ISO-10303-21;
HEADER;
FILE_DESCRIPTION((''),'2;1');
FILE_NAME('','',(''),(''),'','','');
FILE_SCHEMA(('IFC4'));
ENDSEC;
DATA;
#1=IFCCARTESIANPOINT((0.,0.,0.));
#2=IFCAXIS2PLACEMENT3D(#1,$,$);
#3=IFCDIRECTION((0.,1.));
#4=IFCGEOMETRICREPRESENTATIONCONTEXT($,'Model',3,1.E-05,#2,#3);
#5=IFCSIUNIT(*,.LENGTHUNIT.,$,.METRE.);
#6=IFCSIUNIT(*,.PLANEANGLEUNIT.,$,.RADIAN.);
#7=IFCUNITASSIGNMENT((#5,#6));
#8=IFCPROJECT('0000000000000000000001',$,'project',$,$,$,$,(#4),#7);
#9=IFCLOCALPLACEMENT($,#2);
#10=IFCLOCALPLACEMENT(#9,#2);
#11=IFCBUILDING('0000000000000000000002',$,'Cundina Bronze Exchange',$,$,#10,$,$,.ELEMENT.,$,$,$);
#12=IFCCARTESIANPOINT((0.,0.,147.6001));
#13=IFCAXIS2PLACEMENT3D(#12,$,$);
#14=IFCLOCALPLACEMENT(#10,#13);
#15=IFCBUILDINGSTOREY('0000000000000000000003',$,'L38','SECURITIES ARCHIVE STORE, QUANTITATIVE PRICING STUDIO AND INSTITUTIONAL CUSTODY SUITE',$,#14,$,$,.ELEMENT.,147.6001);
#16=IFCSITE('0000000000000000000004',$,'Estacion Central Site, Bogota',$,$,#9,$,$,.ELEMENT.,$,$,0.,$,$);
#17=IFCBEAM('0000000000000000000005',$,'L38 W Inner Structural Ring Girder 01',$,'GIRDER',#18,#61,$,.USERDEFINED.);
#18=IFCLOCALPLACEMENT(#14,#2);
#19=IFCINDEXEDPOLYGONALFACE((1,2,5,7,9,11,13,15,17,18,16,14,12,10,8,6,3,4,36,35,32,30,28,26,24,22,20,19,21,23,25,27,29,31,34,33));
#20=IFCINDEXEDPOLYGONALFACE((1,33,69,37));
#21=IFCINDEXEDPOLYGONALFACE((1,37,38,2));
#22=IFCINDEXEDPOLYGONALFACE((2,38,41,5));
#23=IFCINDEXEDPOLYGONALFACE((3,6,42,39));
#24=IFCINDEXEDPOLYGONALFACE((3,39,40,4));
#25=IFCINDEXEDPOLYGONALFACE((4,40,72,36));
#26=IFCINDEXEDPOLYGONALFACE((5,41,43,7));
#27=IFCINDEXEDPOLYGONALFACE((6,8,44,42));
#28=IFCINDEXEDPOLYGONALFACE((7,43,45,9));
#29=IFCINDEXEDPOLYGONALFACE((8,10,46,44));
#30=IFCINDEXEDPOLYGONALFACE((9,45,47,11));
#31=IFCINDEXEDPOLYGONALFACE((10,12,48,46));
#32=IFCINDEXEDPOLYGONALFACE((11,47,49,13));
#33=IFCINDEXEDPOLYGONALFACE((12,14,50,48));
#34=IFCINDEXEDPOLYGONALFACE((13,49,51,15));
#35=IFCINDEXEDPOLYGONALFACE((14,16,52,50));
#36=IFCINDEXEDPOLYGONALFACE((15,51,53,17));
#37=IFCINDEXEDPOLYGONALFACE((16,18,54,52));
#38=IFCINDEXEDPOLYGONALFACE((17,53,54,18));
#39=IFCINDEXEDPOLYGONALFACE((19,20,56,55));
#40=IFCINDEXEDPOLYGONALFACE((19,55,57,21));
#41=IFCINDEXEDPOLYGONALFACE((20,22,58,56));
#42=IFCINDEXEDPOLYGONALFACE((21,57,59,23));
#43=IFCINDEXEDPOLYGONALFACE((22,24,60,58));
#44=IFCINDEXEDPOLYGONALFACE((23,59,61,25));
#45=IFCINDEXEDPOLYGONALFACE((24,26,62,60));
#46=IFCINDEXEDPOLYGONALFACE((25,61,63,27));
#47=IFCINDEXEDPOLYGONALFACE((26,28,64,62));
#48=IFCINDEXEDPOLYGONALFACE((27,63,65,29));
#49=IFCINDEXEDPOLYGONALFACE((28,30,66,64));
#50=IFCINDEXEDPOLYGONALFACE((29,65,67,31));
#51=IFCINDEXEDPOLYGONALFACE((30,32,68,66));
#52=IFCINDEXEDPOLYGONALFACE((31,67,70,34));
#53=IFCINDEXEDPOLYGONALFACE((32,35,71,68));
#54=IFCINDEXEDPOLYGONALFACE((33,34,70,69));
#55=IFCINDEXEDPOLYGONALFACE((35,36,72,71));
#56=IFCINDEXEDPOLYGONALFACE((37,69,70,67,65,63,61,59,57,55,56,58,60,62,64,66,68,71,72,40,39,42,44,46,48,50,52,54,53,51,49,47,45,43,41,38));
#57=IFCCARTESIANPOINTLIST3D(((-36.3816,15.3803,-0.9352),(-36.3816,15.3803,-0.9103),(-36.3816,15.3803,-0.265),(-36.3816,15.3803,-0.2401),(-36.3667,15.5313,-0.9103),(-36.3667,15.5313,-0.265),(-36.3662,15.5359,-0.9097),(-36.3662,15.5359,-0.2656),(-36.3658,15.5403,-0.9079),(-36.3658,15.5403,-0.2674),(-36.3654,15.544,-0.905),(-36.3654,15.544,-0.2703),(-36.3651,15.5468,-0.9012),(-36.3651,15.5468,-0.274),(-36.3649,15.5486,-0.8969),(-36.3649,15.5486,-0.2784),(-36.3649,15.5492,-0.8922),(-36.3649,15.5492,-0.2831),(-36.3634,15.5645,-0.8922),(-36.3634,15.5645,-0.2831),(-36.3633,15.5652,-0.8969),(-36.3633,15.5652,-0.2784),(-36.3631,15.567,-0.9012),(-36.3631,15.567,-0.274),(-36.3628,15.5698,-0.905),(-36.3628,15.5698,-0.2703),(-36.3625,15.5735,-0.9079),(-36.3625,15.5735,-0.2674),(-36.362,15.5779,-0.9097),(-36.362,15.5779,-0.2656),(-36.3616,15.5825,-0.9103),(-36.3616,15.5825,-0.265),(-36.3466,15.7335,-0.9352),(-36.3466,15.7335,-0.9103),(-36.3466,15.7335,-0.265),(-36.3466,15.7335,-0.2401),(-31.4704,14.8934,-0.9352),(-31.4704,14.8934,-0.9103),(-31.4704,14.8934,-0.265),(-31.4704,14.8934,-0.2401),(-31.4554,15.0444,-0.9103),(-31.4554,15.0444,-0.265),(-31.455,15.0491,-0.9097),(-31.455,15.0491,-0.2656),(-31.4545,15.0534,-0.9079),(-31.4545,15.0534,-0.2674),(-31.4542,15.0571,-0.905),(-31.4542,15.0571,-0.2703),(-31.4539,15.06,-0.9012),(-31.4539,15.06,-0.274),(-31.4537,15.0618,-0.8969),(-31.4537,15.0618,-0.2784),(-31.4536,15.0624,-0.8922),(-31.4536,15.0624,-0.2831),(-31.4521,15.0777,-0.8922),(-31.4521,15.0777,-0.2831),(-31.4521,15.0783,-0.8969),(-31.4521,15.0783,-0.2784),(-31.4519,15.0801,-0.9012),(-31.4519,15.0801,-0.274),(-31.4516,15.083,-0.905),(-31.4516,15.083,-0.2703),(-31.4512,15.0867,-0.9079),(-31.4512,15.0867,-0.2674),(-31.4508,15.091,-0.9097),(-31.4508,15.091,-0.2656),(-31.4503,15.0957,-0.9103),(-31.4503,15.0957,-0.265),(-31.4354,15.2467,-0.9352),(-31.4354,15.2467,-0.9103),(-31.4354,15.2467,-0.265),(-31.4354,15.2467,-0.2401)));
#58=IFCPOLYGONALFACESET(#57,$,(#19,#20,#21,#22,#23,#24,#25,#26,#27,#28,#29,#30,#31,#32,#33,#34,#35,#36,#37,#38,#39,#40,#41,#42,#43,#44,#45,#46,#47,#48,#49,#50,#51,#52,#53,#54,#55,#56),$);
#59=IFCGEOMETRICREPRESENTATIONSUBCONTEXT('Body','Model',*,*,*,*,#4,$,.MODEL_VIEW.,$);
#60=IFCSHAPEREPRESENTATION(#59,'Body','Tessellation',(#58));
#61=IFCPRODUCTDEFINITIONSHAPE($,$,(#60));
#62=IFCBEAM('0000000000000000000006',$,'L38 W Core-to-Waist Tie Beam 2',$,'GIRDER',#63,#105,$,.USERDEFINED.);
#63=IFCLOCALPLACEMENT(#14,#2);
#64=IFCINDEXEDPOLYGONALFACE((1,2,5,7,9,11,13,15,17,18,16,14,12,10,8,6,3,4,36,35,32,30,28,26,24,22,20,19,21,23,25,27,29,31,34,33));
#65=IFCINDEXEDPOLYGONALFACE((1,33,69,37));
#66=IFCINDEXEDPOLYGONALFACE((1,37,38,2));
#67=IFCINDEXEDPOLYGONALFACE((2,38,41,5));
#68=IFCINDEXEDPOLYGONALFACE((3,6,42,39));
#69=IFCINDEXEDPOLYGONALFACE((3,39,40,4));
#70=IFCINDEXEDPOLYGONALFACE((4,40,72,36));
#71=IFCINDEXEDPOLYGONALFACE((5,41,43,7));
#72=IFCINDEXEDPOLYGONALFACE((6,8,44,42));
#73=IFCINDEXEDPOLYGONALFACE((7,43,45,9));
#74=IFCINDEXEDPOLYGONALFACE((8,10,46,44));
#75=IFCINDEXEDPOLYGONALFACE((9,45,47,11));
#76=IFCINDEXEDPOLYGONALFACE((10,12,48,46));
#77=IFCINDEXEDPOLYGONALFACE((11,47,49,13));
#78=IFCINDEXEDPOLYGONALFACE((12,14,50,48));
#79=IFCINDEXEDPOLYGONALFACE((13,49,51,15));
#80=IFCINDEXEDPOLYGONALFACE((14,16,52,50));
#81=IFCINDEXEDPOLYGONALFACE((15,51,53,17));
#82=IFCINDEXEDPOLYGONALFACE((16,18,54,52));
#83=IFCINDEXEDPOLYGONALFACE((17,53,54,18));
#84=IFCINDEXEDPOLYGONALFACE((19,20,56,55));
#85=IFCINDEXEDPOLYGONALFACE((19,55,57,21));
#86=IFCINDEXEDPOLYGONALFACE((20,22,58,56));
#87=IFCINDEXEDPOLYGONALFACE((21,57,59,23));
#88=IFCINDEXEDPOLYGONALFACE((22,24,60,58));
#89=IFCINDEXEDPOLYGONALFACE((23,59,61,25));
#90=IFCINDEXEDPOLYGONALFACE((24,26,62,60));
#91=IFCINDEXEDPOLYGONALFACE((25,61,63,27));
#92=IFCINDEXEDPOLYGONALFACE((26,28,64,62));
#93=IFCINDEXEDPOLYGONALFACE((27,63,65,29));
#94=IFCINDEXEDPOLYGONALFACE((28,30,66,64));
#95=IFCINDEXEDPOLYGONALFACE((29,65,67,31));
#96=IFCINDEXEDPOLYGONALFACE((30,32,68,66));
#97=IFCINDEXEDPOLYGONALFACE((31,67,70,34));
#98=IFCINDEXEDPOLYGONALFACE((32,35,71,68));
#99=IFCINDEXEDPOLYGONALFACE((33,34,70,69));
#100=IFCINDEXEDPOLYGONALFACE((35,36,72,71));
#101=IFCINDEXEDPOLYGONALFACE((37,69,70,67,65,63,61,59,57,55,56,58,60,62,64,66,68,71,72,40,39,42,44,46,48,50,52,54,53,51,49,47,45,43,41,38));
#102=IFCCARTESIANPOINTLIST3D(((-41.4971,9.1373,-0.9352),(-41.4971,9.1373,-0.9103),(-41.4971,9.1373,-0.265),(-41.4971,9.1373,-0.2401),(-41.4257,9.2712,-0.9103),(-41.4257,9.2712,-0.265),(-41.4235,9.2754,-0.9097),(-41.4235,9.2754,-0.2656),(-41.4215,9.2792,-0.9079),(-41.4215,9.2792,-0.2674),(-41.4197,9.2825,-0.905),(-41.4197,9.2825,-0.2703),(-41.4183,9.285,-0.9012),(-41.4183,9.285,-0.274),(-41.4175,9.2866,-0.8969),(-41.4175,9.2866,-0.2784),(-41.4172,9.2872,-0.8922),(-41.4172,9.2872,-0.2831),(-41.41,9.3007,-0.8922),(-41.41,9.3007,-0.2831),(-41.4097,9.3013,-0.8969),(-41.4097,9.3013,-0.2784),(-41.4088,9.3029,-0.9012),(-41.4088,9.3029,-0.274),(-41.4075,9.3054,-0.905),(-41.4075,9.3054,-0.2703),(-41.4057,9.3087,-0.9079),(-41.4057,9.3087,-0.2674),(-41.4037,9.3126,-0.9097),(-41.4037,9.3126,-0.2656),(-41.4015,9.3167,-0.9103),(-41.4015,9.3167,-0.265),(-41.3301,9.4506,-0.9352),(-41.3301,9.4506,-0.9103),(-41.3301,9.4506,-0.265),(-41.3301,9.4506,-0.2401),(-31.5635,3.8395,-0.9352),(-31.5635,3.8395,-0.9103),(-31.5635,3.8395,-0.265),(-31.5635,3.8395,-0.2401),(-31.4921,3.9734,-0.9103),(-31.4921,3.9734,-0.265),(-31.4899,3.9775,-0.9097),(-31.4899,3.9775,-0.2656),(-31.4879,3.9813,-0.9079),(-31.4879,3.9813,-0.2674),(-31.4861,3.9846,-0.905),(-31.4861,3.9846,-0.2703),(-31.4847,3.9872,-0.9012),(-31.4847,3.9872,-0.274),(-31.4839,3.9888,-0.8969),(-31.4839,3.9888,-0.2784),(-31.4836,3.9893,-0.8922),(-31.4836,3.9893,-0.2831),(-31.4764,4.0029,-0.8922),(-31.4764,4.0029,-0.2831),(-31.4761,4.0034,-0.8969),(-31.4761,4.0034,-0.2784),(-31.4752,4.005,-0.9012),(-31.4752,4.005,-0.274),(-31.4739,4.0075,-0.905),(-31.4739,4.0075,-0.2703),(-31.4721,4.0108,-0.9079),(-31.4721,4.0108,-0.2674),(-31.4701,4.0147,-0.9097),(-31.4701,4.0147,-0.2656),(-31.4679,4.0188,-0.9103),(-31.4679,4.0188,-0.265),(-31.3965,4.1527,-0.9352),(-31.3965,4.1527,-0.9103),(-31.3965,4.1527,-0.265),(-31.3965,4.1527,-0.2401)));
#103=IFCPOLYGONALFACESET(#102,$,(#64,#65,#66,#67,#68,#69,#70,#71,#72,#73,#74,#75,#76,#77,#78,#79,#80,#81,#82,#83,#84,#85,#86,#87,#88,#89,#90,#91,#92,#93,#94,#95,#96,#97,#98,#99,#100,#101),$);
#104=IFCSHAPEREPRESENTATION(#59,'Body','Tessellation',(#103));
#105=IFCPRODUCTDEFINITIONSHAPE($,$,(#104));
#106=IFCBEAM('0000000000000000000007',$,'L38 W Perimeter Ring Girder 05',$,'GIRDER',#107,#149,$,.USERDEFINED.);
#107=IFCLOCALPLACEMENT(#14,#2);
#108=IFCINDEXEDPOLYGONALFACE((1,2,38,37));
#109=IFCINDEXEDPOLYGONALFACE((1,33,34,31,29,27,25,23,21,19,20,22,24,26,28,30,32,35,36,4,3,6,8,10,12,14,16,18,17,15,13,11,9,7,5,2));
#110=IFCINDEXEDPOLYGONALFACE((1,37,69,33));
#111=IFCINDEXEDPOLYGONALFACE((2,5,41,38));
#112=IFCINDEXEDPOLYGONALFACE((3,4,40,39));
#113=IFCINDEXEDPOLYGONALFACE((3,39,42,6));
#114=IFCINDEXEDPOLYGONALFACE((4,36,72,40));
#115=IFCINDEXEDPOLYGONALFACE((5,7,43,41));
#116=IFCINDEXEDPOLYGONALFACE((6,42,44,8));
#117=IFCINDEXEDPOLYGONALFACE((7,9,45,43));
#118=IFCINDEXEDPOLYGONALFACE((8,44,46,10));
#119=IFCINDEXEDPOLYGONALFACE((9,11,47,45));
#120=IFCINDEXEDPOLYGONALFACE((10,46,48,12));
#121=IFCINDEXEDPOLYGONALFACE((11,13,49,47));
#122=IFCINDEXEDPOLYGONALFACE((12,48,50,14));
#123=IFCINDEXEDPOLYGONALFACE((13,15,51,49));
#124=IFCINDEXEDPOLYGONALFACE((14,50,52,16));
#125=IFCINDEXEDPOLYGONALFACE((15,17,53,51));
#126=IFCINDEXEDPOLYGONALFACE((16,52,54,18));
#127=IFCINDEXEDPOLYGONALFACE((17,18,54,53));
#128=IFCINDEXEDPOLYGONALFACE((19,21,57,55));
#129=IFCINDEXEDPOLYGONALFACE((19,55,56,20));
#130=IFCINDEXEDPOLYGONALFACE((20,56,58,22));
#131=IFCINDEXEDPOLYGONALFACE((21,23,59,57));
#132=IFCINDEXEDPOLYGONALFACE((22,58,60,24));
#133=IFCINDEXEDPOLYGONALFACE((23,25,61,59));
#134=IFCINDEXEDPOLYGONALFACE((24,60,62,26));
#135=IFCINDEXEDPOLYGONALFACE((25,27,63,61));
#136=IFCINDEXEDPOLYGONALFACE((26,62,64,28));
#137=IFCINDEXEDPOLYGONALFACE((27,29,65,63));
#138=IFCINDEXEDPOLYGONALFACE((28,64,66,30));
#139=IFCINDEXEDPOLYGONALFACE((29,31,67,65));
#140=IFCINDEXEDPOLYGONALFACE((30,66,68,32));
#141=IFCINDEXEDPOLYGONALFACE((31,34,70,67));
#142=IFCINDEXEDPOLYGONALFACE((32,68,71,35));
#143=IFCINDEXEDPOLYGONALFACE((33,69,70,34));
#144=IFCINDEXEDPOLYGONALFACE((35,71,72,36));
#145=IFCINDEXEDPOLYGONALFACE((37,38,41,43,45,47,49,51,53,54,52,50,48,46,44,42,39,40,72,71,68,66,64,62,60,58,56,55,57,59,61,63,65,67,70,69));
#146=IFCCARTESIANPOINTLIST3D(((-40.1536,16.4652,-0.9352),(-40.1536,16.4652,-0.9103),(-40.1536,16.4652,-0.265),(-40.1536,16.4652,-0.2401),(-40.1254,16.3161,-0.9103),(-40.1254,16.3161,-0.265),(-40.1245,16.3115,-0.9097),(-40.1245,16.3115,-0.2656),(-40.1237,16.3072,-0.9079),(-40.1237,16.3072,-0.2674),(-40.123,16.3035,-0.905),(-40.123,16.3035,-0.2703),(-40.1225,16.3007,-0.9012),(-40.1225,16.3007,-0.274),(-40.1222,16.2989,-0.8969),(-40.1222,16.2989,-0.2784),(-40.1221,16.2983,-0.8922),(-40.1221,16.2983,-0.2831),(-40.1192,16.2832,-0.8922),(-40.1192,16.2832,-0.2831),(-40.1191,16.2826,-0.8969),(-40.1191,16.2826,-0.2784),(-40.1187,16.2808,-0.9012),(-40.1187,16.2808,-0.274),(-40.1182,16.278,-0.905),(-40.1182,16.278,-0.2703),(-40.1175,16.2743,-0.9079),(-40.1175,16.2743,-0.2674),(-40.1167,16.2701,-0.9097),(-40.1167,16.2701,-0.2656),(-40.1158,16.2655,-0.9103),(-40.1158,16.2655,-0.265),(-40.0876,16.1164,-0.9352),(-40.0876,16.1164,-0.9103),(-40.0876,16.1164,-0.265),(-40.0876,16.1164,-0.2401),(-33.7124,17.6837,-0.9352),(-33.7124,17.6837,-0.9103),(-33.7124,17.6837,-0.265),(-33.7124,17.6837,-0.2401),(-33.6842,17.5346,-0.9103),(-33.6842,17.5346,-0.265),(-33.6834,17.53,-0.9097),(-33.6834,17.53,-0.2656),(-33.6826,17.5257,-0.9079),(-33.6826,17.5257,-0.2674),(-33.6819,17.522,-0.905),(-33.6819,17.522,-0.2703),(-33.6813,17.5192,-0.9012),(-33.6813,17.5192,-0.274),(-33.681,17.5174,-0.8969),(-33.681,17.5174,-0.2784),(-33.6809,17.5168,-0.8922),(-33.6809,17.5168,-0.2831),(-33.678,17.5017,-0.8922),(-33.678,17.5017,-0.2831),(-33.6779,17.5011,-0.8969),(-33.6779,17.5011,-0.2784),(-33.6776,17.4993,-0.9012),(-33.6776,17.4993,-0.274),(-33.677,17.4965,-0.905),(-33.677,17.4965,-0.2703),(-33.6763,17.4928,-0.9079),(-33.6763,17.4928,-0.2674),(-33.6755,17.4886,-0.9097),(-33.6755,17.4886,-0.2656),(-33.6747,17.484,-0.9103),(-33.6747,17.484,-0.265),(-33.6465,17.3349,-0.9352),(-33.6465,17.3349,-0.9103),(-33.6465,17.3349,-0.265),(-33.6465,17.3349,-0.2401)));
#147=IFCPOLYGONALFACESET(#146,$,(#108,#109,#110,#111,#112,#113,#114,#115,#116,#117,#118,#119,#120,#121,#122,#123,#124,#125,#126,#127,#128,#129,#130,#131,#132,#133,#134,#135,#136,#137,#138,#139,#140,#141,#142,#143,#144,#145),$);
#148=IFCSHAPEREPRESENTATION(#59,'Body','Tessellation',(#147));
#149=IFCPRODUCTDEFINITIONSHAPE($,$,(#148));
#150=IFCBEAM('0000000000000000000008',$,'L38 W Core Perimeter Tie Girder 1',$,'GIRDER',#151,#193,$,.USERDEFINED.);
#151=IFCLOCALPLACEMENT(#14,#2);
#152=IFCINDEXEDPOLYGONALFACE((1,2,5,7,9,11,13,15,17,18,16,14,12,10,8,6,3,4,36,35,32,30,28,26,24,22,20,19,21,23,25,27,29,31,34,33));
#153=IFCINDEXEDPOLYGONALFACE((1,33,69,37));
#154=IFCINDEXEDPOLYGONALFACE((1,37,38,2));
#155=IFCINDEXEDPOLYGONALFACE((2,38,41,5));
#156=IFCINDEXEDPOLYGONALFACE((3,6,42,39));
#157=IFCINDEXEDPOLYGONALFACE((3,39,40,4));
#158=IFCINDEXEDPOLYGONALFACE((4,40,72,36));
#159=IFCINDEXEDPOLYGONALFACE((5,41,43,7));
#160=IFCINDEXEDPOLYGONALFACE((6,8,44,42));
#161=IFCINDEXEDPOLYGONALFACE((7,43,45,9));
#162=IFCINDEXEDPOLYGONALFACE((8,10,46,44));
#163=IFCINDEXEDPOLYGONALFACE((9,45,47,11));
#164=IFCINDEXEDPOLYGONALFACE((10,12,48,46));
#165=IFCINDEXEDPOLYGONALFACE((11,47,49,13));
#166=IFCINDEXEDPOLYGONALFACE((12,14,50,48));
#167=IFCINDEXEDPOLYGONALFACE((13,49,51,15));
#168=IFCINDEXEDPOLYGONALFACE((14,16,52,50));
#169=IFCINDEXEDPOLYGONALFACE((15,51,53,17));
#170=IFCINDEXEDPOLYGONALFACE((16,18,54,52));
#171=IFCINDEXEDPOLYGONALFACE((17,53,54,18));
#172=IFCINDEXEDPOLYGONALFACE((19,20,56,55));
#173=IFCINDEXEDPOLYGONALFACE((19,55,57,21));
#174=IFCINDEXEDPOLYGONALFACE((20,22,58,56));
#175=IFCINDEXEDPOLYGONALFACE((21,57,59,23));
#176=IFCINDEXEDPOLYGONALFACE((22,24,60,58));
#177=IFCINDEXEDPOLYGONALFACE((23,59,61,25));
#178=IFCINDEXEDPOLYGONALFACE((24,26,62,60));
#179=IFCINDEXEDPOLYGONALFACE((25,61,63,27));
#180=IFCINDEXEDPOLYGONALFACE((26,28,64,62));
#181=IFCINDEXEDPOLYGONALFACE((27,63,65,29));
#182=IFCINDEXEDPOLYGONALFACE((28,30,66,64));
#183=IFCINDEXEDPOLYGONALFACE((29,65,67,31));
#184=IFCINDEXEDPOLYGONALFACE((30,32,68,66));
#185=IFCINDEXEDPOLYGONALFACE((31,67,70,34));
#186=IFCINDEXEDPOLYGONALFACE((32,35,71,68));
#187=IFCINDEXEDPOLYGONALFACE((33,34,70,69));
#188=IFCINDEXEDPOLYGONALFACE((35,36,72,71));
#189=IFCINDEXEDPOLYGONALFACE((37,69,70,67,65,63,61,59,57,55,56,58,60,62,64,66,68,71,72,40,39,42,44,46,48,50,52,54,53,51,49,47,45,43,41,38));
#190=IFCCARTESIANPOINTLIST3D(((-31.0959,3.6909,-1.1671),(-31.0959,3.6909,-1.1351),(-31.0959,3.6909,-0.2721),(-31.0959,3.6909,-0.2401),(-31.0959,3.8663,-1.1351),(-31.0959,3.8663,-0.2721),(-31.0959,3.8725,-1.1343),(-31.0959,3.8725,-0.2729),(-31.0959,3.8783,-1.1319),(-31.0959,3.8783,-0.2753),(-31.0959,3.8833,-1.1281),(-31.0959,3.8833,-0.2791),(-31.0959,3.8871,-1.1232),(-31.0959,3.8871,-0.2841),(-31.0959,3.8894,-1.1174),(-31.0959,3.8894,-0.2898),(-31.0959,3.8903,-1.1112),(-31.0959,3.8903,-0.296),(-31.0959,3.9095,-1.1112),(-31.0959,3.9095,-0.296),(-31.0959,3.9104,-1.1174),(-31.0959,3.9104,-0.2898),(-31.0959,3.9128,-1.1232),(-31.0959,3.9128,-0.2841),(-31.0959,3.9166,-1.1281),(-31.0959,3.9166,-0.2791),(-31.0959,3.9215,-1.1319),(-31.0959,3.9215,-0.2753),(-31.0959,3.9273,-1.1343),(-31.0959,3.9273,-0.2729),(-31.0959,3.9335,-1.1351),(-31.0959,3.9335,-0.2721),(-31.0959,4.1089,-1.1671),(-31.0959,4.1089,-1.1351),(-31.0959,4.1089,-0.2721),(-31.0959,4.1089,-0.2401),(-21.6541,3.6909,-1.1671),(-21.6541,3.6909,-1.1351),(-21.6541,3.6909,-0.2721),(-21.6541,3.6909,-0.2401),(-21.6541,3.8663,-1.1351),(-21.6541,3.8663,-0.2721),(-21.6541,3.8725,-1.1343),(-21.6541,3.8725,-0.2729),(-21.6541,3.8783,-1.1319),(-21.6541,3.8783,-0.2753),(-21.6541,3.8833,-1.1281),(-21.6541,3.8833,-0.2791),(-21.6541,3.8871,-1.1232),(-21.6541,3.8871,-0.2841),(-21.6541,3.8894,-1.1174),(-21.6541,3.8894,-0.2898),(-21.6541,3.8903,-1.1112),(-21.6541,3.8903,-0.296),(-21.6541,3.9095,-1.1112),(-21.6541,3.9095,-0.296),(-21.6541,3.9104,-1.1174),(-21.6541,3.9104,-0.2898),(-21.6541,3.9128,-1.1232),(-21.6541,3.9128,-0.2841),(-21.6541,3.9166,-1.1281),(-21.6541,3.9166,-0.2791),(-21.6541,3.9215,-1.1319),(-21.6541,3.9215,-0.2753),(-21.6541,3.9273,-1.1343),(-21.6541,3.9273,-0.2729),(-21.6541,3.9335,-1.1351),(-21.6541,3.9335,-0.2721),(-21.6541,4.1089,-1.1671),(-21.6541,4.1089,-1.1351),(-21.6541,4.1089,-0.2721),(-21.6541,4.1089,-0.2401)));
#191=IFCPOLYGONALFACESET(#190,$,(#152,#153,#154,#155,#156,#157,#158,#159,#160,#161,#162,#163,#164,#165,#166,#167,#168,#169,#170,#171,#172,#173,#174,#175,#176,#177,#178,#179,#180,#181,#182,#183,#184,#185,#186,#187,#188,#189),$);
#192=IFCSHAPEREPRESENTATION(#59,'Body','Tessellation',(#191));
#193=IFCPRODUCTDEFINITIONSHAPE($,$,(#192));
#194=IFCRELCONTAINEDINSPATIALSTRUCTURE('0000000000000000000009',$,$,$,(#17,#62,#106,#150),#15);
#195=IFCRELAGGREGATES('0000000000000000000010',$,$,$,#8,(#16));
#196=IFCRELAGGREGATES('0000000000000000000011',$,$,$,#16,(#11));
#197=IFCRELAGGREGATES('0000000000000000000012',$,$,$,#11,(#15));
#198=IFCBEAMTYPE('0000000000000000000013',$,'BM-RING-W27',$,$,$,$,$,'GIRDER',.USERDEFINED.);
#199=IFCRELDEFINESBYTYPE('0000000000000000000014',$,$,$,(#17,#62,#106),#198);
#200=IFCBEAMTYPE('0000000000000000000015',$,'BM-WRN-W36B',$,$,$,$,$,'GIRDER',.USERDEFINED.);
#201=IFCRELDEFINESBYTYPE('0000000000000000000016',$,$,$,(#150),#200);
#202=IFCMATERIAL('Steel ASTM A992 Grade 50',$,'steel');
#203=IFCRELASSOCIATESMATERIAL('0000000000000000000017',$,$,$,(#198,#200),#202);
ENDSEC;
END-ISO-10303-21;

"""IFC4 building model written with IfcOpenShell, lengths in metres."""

from ifc_helpers import new_model, si_unit, direction, frame, origin, origin_2d, place, context, subcontext, project, spatial, i_section, extrude, material, material_profile, profile_set, type_object, element, save


model = new_model("IFC4")

# Units and contexts
model_context = context("Model", 3, precision=1e-05, world=origin(), true_north=direction((0.0, 1.0)))
body_context = subcontext(model_context, "Body", "Model", "MODEL_VIEW")
ifc_project = project(units=[si_unit("LENGTHUNIT", "METRE"), si_unit("PLANEANGLEUNIT", "RADIAN")], contexts=[model_context])

# Site, building, storey
site_placement = place(None, origin())
site = spatial("IfcSite", under=ifc_project, at=site_placement, Name="Estacion Central Site, Bogota", CompositionType="ELEMENT", RefElevation=0.0)
building_placement = place(site_placement, origin())
building = spatial("IfcBuilding", under=site, at=building_placement, Name="Cundina Bronze Exchange", CompositionType="ELEMENT")
storey_placement = place(building_placement, frame((0.0, 0.0, 147.6001)))
storey = spatial("IfcBuildingStorey", under=building, at=storey_placement, Name="L38", Description="SECURITIES ARCHIVE STORE, QUANTITATIVE PRICING STUDIO AND INSTITUTIONAL CUSTODY SUITE", CompositionType="ELEMENT", Elevation=147.6001)

# Shared definitions
ifc_material_1 = material(Name="Steel ASTM A992 Grade 50", Category="steel")

# Beams
ifc_material_profile_1 = material_profile(ifc_material_1, i_section(OverallWidth=0.355, OverallDepth=0.6951, WebThickness=0.0154, FlangeThickness=0.0249, FilletRadius=0.0181, at=origin_2d()), Name="W27X146", Category="steel")
ifc_profile_set_1 = profile_set([ifc_material_profile_1], Name="Steel ASTM A992 Grade 50")
beam_type_1 = type_object("IfcBeamType", Name="BM-RING-W27", ElementType="GIRDER", PredefinedType="USERDEFINED", material=ifc_profile_set_1)
beam_1_placement = place(storey_placement, frame((-31.4529, 15.0701, -0.5876), z_axis=(-0.995123, 0.098642, 0.0), x_axis=(-0.098642, -0.995123, 0.0)))
element("IfcBeam", 1, at=beam_1_placement, inside=storey, type_object=beam_type_1, Name="L38 W Inner Structural Ring Girder 01", ObjectType="GIRDER", PredefinedType="USERDEFINED", context=body_context, shape_type="SweptSolid", body=[
    extrude(i_section(OverallWidth=0.355, OverallDepth=0.6951, WebThickness=0.0154, FlangeThickness=0.0249, FilletRadius=0.0181, at=origin_2d()), origin(), (0.0, 0.0, 1.0), 4.9353),
])
beam_2_placement = place(storey_placement, frame((-31.48, 3.9961, -0.5876), z_axis=(-0.882355, 0.470584, 0.0), x_axis=(-0.470584, -0.882355, 0.0)))
element("IfcBeam", 2, at=beam_2_placement, inside=storey, type_object=beam_type_1, Name="L38 W Core-to-Waist Tie Beam 2", ObjectType="GIRDER", PredefinedType="USERDEFINED", context=body_context, shape_type="SweptSolid", body=[
    extrude(i_section(OverallWidth=0.355, OverallDepth=0.6951, WebThickness=0.0154, FlangeThickness=0.0249, FilletRadius=0.0181, at=origin_2d()), origin(), (0.0, 0.0, 1.0), 11.2581),
])
beam_3_placement = place(storey_placement, frame((-33.6794, 17.5093, -0.5876), z_axis=(-0.982573, -0.185878, 0.0), x_axis=(0.185878, -0.982573, 0.0)))
element("IfcBeam", 3, at=beam_3_placement, inside=storey, type_object=beam_type_1, Name="L38 W Perimeter Ring Girder 05", ObjectType="GIRDER", PredefinedType="USERDEFINED", context=body_context, shape_type="SweptSolid", body=[
    extrude(i_section(OverallWidth=0.355, OverallDepth=0.6951, WebThickness=0.0154, FlangeThickness=0.0249, FilletRadius=0.0181, at=origin_2d()), origin(), (0.0, 0.0, 1.0), 6.5554),
])
ifc_material_profile_2 = material_profile(ifc_material_1, i_section(OverallWidth=0.418, OverallDepth=0.927, WebThickness=0.0193, FlangeThickness=0.032, FilletRadius=0.0239, at=origin_2d()), Name="W36X231", Category="steel")
ifc_profile_set_2 = profile_set([ifc_material_profile_2], Name="Steel ASTM A992 Grade 50")
beam_type_2 = type_object("IfcBeamType", Name="BM-WRN-W36B", ElementType="GIRDER", PredefinedType="USERDEFINED", material=ifc_profile_set_2)
beam_4_placement = place(storey_placement, frame((-31.0959, 3.8999, -0.7036), z_axis=(1.0, 0.0, 0.0), x_axis=(0.0, 1.0, 0.0)))
element("IfcBeam", 4, at=beam_4_placement, inside=storey, type_object=beam_type_2, Name="L38 W Core Perimeter Tie Girder 1", ObjectType="GIRDER", PredefinedType="USERDEFINED", context=body_context, shape_type="SweptSolid", body=[
    extrude(i_section(OverallWidth=0.418, OverallDepth=0.927, WebThickness=0.0193, FlangeThickness=0.032, FilletRadius=0.0239, at=origin_2d()), origin(), (0.0, 0.0, 1.0), 9.4419),
])

save(model, "model.ifc")
